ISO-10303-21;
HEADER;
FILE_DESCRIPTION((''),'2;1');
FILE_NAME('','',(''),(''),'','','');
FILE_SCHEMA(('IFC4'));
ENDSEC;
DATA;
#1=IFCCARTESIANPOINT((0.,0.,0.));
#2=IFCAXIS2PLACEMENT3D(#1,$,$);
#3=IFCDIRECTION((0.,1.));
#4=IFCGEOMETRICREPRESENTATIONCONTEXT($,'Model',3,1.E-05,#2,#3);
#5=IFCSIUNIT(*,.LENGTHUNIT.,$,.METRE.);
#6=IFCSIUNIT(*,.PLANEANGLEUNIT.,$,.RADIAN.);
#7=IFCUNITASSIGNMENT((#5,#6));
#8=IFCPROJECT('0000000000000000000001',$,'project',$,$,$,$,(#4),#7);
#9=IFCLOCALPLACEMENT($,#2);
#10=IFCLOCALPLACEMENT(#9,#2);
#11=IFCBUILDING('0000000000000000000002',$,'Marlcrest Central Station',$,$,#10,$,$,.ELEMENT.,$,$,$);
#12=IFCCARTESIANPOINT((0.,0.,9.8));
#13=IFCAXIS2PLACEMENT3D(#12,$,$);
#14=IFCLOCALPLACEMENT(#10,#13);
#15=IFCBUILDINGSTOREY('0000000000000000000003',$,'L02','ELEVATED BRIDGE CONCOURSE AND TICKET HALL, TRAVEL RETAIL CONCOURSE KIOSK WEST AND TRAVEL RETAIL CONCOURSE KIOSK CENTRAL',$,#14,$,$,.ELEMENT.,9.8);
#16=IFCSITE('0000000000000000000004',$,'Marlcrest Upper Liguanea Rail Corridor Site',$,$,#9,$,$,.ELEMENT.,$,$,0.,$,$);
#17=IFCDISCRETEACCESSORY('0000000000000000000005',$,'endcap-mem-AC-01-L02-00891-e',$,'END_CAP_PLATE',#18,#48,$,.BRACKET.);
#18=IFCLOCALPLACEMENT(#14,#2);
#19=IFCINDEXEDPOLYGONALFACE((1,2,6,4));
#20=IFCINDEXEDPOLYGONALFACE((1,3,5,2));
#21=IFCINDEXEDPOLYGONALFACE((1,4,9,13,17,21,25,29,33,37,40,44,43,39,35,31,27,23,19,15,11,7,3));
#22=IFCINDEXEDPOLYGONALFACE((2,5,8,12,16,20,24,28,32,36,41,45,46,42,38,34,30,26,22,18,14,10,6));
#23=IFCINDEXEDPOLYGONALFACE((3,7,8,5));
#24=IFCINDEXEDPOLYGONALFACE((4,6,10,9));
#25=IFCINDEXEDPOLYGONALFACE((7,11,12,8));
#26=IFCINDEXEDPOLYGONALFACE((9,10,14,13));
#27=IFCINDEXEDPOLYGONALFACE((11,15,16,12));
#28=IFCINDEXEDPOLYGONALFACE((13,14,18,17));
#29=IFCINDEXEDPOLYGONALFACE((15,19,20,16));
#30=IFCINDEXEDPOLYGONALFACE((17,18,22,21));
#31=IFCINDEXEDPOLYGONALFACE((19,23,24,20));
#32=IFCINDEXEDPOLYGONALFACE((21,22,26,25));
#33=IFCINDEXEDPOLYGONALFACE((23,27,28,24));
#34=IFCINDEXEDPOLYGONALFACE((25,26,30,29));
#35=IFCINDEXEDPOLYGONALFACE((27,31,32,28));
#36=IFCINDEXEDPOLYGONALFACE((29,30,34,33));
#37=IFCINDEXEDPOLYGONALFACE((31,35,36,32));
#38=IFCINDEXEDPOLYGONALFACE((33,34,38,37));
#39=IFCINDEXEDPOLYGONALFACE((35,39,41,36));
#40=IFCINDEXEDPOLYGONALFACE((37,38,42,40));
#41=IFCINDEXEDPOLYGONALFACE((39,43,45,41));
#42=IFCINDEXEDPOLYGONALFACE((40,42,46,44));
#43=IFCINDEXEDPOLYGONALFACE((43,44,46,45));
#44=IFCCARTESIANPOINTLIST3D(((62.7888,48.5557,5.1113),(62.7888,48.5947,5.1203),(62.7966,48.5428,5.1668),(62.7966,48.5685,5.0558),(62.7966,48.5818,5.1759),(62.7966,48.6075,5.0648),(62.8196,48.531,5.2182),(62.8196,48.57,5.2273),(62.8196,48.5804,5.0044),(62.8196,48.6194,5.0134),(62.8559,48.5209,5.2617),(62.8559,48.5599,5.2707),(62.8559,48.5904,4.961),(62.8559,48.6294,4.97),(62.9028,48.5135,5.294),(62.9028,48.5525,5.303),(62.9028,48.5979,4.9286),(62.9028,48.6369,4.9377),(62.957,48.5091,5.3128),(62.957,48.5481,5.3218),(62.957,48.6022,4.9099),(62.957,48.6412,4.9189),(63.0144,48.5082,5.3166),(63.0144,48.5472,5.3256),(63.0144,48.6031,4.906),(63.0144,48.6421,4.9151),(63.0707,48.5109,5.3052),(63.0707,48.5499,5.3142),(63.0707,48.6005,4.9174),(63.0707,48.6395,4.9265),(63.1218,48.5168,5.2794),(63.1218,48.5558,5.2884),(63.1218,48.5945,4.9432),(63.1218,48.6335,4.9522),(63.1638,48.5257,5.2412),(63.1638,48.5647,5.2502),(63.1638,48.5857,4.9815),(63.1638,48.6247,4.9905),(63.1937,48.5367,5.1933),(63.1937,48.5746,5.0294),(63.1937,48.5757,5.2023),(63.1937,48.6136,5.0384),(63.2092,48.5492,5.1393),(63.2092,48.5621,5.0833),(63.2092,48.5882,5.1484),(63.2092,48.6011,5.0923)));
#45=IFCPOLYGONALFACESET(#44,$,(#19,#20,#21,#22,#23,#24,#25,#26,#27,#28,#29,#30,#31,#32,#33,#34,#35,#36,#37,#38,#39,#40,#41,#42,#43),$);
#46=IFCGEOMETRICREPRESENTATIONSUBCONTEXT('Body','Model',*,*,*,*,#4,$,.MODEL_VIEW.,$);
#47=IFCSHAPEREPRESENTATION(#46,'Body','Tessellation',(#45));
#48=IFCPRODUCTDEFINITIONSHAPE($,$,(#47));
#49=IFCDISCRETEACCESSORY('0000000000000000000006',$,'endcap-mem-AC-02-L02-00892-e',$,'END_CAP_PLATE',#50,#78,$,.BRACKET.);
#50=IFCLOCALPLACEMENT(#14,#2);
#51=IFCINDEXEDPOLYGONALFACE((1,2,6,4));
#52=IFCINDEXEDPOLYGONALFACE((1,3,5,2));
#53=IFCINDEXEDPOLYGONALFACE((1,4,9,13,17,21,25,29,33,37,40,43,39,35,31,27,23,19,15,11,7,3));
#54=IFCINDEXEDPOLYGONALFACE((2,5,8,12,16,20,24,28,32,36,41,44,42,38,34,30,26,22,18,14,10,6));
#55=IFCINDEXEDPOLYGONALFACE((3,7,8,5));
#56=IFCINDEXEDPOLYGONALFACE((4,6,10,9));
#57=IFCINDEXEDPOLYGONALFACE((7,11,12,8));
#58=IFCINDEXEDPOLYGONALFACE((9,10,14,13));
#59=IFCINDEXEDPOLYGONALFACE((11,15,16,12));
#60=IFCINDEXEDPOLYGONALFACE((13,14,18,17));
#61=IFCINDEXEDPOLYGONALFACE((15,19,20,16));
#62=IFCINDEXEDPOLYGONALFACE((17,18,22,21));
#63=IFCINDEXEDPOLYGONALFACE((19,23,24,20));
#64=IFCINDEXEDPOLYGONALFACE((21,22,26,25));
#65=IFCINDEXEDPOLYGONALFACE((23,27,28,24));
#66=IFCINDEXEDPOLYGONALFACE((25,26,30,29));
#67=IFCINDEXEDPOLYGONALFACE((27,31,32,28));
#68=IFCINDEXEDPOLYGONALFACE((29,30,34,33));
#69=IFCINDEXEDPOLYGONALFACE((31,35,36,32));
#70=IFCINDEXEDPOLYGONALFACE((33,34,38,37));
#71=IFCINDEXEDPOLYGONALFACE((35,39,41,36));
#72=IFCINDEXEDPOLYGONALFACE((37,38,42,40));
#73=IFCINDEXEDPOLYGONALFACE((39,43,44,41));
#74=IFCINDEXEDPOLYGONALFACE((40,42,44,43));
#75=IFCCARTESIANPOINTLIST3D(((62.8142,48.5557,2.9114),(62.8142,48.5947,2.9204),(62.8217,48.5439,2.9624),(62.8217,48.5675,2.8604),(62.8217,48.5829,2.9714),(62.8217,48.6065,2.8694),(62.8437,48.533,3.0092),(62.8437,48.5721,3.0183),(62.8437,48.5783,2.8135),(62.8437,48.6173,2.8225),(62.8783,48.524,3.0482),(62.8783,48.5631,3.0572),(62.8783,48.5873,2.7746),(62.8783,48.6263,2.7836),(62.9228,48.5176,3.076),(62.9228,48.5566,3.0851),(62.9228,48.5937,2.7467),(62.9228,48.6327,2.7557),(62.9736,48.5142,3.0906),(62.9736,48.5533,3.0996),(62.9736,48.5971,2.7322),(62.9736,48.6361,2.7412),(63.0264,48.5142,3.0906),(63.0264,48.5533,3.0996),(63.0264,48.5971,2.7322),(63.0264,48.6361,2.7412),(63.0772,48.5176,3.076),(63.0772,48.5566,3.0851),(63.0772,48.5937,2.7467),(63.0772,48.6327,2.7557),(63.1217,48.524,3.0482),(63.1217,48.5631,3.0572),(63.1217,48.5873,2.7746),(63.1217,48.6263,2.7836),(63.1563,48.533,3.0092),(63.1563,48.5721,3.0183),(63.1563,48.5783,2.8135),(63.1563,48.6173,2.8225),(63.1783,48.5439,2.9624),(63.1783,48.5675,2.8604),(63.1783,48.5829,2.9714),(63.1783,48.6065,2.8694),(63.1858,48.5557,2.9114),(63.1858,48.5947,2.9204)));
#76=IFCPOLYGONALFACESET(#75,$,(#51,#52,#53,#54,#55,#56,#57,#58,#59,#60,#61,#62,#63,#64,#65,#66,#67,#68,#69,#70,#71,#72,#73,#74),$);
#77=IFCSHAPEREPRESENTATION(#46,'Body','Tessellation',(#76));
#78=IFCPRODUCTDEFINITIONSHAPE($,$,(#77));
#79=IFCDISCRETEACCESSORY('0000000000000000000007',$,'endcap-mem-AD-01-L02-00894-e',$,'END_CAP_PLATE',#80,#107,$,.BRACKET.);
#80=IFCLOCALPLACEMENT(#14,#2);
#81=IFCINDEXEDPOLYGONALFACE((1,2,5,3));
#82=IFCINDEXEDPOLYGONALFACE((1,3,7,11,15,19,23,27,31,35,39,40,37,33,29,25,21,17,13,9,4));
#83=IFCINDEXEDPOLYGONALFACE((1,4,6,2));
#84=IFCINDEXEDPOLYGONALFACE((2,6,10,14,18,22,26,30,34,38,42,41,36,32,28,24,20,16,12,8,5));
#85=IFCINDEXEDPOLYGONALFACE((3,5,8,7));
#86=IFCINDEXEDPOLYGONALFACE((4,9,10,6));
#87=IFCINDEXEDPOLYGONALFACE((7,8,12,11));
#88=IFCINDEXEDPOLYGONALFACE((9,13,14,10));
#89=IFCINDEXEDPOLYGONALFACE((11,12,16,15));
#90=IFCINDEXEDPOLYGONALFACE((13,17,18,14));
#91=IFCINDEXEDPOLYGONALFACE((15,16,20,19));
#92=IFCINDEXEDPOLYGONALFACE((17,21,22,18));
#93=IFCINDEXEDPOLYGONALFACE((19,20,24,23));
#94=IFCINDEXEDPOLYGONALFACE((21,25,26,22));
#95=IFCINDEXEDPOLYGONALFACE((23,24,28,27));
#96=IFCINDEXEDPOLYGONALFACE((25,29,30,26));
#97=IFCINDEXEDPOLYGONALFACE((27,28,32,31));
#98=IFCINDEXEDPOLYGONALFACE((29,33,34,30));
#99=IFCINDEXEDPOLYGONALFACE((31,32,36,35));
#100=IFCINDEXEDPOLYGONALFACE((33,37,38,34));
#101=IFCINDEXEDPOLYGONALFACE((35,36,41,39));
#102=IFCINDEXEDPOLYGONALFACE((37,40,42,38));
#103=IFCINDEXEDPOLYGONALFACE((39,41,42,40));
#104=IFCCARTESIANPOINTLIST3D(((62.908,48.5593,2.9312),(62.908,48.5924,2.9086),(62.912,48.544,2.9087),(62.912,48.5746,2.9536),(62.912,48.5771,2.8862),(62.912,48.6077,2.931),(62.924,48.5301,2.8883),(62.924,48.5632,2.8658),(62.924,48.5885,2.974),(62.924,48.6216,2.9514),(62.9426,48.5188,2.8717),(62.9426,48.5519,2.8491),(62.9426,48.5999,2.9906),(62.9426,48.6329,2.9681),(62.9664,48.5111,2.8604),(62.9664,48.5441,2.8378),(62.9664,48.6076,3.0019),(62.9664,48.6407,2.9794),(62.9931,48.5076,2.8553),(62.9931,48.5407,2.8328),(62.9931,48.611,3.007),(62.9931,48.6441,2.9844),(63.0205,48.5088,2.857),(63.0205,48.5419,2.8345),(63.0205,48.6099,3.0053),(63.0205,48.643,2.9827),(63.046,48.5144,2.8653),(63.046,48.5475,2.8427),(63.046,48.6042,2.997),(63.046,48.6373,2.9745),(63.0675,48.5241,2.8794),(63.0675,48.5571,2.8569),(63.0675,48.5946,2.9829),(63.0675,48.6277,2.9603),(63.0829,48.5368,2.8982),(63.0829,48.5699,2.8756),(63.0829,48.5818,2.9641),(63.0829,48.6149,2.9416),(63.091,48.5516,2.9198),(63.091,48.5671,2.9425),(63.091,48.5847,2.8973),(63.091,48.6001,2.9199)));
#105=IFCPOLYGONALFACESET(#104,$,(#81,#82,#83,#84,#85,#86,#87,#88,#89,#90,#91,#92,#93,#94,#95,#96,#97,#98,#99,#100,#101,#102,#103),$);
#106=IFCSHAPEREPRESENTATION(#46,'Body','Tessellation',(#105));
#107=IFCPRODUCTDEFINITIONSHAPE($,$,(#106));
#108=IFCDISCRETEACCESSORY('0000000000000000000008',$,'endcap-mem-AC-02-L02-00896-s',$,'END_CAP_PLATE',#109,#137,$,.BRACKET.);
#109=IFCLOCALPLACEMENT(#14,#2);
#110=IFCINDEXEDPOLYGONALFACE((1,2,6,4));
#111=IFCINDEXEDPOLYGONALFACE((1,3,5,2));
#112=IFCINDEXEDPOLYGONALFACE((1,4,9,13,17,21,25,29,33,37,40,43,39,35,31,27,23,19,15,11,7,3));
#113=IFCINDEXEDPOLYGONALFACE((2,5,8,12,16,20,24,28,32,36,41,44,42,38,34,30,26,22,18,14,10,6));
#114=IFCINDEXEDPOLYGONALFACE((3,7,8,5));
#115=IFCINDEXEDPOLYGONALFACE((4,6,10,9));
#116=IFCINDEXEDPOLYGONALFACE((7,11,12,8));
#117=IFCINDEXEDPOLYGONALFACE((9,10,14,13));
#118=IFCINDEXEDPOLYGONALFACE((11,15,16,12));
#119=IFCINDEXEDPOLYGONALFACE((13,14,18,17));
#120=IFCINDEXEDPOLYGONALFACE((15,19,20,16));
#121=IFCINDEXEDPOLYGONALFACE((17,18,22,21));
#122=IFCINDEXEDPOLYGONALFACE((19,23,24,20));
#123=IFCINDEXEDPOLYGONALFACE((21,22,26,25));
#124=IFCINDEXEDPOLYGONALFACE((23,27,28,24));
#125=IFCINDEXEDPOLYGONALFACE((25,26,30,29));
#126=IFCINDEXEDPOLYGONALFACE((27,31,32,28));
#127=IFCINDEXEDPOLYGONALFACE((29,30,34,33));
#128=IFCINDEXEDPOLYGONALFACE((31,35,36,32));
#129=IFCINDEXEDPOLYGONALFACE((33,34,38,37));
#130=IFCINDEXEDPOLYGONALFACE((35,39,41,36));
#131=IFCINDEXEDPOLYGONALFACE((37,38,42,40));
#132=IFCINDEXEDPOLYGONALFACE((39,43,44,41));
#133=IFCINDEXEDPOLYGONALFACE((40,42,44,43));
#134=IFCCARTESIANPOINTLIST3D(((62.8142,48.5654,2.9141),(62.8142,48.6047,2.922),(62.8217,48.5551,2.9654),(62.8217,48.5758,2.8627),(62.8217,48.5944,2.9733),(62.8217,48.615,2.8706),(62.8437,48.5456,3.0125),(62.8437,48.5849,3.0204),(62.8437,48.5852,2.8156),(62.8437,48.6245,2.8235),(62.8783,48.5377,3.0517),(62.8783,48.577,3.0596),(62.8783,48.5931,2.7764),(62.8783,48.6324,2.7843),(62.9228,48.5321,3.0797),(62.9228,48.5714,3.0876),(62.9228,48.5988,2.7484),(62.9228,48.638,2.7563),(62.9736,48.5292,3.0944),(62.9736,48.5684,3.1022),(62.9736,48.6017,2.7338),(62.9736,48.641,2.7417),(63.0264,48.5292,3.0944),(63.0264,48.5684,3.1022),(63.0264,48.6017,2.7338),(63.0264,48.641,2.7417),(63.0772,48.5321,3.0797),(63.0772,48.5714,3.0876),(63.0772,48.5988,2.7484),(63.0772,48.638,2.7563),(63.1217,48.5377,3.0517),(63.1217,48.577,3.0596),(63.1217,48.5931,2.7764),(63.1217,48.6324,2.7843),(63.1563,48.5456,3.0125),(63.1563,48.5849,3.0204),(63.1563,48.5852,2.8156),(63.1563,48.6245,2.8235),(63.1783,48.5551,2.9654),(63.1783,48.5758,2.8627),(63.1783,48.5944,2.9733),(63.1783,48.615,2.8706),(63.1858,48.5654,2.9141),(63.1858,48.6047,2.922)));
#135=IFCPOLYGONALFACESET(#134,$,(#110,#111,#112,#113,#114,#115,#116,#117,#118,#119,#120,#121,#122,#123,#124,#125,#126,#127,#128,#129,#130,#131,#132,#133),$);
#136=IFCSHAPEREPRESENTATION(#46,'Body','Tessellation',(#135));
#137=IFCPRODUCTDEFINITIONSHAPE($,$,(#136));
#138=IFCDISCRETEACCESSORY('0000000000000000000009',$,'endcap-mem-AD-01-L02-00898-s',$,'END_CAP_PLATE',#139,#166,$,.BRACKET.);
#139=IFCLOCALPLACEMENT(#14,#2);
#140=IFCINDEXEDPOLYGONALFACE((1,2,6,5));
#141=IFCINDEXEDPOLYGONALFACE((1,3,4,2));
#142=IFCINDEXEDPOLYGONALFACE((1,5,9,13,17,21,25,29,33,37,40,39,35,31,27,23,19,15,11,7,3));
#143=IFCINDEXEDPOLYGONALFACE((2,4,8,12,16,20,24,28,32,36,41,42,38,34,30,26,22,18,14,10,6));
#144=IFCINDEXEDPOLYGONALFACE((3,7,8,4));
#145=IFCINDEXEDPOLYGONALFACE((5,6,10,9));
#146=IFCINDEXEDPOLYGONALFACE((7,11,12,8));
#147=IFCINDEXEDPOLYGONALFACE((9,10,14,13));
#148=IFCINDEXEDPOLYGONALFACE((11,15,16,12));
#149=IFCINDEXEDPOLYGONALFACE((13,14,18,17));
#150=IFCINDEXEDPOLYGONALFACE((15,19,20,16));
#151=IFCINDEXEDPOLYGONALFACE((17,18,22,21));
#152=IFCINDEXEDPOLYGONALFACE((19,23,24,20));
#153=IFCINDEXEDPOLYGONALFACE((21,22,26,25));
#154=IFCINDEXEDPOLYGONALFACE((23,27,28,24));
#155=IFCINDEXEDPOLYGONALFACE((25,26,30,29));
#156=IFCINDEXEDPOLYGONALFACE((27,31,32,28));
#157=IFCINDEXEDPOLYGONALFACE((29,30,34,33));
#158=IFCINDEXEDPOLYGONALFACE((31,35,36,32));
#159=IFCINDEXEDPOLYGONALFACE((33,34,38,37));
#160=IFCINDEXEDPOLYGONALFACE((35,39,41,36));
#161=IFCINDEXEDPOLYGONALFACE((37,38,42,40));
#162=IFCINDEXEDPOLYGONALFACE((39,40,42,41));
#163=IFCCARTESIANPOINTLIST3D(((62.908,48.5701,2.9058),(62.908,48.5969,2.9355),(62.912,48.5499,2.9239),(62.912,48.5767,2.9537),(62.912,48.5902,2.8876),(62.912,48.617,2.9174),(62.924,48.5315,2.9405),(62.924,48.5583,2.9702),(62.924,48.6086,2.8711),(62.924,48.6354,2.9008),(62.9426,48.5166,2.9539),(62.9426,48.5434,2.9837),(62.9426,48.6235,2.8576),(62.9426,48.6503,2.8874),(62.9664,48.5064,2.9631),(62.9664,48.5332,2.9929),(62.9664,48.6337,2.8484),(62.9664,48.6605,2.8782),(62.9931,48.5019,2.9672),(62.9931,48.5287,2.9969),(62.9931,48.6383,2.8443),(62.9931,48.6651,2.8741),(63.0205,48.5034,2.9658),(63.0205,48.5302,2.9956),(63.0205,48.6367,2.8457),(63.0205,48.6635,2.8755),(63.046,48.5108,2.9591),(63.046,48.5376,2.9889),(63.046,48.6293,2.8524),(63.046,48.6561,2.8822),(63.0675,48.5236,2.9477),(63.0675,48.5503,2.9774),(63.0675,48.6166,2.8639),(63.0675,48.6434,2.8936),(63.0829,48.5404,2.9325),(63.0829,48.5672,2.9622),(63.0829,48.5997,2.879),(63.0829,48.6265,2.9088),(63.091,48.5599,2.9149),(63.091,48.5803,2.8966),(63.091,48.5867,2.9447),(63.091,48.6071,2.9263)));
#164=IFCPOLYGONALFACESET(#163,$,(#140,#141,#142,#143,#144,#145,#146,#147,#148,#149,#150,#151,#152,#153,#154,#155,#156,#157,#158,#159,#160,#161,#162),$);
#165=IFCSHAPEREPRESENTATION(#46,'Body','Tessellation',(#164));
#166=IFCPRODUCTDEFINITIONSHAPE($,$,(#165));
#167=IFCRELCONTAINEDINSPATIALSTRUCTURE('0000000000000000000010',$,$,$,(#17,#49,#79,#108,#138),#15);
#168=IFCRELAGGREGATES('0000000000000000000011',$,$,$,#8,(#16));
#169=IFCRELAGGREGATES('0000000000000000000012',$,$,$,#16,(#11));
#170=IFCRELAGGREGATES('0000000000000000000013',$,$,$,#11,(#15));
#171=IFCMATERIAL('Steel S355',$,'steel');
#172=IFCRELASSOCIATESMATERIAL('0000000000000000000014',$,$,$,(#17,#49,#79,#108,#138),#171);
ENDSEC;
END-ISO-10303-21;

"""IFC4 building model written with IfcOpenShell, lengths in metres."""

from ifc_helpers import new_model, si_unit, direction, frame, origin, origin_2d, place, context, subcontext, project, spatial, circle, extrude, material, element, save


model = new_model("IFC4")

# Units and contexts
model_context = context("Model", 3, precision=1e-05, world=origin(), true_north=direction((0.0, 1.0)))
body_context = subcontext(model_context, "Body", "Model", "MODEL_VIEW")
ifc_project = project(units=[si_unit("LENGTHUNIT", "METRE"), si_unit("PLANEANGLEUNIT", "RADIAN")], contexts=[model_context])

# Site, building, storey
site_placement = place(None, origin())
site = spatial("IfcSite", under=ifc_project, at=site_placement, Name="Marlcrest Upper Liguanea Rail Corridor Site", CompositionType="ELEMENT", RefElevation=0.0)
building_placement = place(site_placement, origin())
building = spatial("IfcBuilding", under=site, at=building_placement, Name="Marlcrest Central Station", CompositionType="ELEMENT")
storey_placement = place(building_placement, frame((0.0, 0.0, 9.8)))
storey = spatial("IfcBuildingStorey", under=building, at=storey_placement, Name="L02", Description="ELEVATED BRIDGE CONCOURSE AND TICKET HALL, TRAVEL RETAIL CONCOURSE KIOSK WEST AND TRAVEL RETAIL CONCOURSE KIOSK CENTRAL", CompositionType="ELEMENT", Elevation=9.8)

# Shared definitions
ifc_material = material(Name="Steel S355", Category="steel")

# Discrete accessories
discrete_accessory_1_placement = place(storey_placement, frame((63.0, 48.5557, 5.1113), z_axis=(0.0, 0.97433, 0.225126), x_axis=(-1.0, 0.0, 0.0)))
element("IfcDiscreteAccessory", 1, at=discrete_accessory_1_placement, inside=storey, material=ifc_material, Name="endcap-mem-AC-01-L02-00891-e", ObjectType="END_CAP_PLATE", PredefinedType="BRACKET", context=body_context, shape_type="SweptSolid", body=[
    extrude(circle(Radius=0.2112, at=origin_2d()), origin(), (0.0, 0.0, 1.0), 0.04),
])
discrete_accessory_2_placement = place(storey_placement, frame((63.0, 48.5557, 2.9114), z_axis=(0.0, 0.974308, 0.22522), x_axis=(-1.0, 0.0, 0.0)))
element("IfcDiscreteAccessory", 2, at=discrete_accessory_2_placement, inside=storey, material=ifc_material, Name="endcap-mem-AC-02-L02-00892-e", ObjectType="END_CAP_PLATE", PredefinedType="BRACKET", context=body_context, shape_type="SweptSolid", body=[
    extrude(circle(Radius=0.1858, at=origin_2d()), origin(), (0.0, 0.0, 1.0), 0.04),
])
discrete_accessory_3_placement = place(storey_placement, frame((63.0, 48.5593, 2.9312), z_axis=(0.0, 0.826263, -0.563285), x_axis=(-1.0, 0.0, 0.0)))
element("IfcDiscreteAccessory", 3, at=discrete_accessory_3_placement, inside=storey, material=ifc_material, Name="endcap-mem-AD-01-L02-00894-e", ObjectType="END_CAP_PLATE", PredefinedType="BRACKET", context=body_context, shape_type="SweptSolid", body=[
    extrude(circle(Radius=0.092, at=origin_2d()), origin(), (0.0, 0.0, 1.0), 0.04),
])
discrete_accessory_4_placement = place(storey_placement, frame((63.0, 48.5654, 2.9141), z_axis=(0.0, 0.980359, 0.197219), x_axis=(-1.0, 0.0, 0.0)))
element("IfcDiscreteAccessory", 4, at=discrete_accessory_4_placement, inside=storey, material=ifc_material, Name="endcap-mem-AC-02-L02-00896-s", ObjectType="END_CAP_PLATE", PredefinedType="BRACKET", context=body_context, shape_type="SweptSolid", body=[
    extrude(circle(Radius=0.1858, at=origin_2d()), origin(), (0.0, 0.0, 1.0), 0.04),
])
discrete_accessory_5_placement = place(storey_placement, frame((63.0, 48.5701, 2.9058), z_axis=(0.0, 0.669244, 0.743042), x_axis=(-1.0, 0.0, 0.0)))
element("IfcDiscreteAccessory", 5, at=discrete_accessory_5_placement, inside=storey, material=ifc_material, Name="endcap-mem-AD-01-L02-00898-s", ObjectType="END_CAP_PLATE", PredefinedType="BRACKET", context=body_context, shape_type="SweptSolid", body=[
    extrude(circle(Radius=0.092, at=origin_2d()), origin(), (0.0, 0.0, 1.0), 0.04),
])

save(model, "model.ifc")
